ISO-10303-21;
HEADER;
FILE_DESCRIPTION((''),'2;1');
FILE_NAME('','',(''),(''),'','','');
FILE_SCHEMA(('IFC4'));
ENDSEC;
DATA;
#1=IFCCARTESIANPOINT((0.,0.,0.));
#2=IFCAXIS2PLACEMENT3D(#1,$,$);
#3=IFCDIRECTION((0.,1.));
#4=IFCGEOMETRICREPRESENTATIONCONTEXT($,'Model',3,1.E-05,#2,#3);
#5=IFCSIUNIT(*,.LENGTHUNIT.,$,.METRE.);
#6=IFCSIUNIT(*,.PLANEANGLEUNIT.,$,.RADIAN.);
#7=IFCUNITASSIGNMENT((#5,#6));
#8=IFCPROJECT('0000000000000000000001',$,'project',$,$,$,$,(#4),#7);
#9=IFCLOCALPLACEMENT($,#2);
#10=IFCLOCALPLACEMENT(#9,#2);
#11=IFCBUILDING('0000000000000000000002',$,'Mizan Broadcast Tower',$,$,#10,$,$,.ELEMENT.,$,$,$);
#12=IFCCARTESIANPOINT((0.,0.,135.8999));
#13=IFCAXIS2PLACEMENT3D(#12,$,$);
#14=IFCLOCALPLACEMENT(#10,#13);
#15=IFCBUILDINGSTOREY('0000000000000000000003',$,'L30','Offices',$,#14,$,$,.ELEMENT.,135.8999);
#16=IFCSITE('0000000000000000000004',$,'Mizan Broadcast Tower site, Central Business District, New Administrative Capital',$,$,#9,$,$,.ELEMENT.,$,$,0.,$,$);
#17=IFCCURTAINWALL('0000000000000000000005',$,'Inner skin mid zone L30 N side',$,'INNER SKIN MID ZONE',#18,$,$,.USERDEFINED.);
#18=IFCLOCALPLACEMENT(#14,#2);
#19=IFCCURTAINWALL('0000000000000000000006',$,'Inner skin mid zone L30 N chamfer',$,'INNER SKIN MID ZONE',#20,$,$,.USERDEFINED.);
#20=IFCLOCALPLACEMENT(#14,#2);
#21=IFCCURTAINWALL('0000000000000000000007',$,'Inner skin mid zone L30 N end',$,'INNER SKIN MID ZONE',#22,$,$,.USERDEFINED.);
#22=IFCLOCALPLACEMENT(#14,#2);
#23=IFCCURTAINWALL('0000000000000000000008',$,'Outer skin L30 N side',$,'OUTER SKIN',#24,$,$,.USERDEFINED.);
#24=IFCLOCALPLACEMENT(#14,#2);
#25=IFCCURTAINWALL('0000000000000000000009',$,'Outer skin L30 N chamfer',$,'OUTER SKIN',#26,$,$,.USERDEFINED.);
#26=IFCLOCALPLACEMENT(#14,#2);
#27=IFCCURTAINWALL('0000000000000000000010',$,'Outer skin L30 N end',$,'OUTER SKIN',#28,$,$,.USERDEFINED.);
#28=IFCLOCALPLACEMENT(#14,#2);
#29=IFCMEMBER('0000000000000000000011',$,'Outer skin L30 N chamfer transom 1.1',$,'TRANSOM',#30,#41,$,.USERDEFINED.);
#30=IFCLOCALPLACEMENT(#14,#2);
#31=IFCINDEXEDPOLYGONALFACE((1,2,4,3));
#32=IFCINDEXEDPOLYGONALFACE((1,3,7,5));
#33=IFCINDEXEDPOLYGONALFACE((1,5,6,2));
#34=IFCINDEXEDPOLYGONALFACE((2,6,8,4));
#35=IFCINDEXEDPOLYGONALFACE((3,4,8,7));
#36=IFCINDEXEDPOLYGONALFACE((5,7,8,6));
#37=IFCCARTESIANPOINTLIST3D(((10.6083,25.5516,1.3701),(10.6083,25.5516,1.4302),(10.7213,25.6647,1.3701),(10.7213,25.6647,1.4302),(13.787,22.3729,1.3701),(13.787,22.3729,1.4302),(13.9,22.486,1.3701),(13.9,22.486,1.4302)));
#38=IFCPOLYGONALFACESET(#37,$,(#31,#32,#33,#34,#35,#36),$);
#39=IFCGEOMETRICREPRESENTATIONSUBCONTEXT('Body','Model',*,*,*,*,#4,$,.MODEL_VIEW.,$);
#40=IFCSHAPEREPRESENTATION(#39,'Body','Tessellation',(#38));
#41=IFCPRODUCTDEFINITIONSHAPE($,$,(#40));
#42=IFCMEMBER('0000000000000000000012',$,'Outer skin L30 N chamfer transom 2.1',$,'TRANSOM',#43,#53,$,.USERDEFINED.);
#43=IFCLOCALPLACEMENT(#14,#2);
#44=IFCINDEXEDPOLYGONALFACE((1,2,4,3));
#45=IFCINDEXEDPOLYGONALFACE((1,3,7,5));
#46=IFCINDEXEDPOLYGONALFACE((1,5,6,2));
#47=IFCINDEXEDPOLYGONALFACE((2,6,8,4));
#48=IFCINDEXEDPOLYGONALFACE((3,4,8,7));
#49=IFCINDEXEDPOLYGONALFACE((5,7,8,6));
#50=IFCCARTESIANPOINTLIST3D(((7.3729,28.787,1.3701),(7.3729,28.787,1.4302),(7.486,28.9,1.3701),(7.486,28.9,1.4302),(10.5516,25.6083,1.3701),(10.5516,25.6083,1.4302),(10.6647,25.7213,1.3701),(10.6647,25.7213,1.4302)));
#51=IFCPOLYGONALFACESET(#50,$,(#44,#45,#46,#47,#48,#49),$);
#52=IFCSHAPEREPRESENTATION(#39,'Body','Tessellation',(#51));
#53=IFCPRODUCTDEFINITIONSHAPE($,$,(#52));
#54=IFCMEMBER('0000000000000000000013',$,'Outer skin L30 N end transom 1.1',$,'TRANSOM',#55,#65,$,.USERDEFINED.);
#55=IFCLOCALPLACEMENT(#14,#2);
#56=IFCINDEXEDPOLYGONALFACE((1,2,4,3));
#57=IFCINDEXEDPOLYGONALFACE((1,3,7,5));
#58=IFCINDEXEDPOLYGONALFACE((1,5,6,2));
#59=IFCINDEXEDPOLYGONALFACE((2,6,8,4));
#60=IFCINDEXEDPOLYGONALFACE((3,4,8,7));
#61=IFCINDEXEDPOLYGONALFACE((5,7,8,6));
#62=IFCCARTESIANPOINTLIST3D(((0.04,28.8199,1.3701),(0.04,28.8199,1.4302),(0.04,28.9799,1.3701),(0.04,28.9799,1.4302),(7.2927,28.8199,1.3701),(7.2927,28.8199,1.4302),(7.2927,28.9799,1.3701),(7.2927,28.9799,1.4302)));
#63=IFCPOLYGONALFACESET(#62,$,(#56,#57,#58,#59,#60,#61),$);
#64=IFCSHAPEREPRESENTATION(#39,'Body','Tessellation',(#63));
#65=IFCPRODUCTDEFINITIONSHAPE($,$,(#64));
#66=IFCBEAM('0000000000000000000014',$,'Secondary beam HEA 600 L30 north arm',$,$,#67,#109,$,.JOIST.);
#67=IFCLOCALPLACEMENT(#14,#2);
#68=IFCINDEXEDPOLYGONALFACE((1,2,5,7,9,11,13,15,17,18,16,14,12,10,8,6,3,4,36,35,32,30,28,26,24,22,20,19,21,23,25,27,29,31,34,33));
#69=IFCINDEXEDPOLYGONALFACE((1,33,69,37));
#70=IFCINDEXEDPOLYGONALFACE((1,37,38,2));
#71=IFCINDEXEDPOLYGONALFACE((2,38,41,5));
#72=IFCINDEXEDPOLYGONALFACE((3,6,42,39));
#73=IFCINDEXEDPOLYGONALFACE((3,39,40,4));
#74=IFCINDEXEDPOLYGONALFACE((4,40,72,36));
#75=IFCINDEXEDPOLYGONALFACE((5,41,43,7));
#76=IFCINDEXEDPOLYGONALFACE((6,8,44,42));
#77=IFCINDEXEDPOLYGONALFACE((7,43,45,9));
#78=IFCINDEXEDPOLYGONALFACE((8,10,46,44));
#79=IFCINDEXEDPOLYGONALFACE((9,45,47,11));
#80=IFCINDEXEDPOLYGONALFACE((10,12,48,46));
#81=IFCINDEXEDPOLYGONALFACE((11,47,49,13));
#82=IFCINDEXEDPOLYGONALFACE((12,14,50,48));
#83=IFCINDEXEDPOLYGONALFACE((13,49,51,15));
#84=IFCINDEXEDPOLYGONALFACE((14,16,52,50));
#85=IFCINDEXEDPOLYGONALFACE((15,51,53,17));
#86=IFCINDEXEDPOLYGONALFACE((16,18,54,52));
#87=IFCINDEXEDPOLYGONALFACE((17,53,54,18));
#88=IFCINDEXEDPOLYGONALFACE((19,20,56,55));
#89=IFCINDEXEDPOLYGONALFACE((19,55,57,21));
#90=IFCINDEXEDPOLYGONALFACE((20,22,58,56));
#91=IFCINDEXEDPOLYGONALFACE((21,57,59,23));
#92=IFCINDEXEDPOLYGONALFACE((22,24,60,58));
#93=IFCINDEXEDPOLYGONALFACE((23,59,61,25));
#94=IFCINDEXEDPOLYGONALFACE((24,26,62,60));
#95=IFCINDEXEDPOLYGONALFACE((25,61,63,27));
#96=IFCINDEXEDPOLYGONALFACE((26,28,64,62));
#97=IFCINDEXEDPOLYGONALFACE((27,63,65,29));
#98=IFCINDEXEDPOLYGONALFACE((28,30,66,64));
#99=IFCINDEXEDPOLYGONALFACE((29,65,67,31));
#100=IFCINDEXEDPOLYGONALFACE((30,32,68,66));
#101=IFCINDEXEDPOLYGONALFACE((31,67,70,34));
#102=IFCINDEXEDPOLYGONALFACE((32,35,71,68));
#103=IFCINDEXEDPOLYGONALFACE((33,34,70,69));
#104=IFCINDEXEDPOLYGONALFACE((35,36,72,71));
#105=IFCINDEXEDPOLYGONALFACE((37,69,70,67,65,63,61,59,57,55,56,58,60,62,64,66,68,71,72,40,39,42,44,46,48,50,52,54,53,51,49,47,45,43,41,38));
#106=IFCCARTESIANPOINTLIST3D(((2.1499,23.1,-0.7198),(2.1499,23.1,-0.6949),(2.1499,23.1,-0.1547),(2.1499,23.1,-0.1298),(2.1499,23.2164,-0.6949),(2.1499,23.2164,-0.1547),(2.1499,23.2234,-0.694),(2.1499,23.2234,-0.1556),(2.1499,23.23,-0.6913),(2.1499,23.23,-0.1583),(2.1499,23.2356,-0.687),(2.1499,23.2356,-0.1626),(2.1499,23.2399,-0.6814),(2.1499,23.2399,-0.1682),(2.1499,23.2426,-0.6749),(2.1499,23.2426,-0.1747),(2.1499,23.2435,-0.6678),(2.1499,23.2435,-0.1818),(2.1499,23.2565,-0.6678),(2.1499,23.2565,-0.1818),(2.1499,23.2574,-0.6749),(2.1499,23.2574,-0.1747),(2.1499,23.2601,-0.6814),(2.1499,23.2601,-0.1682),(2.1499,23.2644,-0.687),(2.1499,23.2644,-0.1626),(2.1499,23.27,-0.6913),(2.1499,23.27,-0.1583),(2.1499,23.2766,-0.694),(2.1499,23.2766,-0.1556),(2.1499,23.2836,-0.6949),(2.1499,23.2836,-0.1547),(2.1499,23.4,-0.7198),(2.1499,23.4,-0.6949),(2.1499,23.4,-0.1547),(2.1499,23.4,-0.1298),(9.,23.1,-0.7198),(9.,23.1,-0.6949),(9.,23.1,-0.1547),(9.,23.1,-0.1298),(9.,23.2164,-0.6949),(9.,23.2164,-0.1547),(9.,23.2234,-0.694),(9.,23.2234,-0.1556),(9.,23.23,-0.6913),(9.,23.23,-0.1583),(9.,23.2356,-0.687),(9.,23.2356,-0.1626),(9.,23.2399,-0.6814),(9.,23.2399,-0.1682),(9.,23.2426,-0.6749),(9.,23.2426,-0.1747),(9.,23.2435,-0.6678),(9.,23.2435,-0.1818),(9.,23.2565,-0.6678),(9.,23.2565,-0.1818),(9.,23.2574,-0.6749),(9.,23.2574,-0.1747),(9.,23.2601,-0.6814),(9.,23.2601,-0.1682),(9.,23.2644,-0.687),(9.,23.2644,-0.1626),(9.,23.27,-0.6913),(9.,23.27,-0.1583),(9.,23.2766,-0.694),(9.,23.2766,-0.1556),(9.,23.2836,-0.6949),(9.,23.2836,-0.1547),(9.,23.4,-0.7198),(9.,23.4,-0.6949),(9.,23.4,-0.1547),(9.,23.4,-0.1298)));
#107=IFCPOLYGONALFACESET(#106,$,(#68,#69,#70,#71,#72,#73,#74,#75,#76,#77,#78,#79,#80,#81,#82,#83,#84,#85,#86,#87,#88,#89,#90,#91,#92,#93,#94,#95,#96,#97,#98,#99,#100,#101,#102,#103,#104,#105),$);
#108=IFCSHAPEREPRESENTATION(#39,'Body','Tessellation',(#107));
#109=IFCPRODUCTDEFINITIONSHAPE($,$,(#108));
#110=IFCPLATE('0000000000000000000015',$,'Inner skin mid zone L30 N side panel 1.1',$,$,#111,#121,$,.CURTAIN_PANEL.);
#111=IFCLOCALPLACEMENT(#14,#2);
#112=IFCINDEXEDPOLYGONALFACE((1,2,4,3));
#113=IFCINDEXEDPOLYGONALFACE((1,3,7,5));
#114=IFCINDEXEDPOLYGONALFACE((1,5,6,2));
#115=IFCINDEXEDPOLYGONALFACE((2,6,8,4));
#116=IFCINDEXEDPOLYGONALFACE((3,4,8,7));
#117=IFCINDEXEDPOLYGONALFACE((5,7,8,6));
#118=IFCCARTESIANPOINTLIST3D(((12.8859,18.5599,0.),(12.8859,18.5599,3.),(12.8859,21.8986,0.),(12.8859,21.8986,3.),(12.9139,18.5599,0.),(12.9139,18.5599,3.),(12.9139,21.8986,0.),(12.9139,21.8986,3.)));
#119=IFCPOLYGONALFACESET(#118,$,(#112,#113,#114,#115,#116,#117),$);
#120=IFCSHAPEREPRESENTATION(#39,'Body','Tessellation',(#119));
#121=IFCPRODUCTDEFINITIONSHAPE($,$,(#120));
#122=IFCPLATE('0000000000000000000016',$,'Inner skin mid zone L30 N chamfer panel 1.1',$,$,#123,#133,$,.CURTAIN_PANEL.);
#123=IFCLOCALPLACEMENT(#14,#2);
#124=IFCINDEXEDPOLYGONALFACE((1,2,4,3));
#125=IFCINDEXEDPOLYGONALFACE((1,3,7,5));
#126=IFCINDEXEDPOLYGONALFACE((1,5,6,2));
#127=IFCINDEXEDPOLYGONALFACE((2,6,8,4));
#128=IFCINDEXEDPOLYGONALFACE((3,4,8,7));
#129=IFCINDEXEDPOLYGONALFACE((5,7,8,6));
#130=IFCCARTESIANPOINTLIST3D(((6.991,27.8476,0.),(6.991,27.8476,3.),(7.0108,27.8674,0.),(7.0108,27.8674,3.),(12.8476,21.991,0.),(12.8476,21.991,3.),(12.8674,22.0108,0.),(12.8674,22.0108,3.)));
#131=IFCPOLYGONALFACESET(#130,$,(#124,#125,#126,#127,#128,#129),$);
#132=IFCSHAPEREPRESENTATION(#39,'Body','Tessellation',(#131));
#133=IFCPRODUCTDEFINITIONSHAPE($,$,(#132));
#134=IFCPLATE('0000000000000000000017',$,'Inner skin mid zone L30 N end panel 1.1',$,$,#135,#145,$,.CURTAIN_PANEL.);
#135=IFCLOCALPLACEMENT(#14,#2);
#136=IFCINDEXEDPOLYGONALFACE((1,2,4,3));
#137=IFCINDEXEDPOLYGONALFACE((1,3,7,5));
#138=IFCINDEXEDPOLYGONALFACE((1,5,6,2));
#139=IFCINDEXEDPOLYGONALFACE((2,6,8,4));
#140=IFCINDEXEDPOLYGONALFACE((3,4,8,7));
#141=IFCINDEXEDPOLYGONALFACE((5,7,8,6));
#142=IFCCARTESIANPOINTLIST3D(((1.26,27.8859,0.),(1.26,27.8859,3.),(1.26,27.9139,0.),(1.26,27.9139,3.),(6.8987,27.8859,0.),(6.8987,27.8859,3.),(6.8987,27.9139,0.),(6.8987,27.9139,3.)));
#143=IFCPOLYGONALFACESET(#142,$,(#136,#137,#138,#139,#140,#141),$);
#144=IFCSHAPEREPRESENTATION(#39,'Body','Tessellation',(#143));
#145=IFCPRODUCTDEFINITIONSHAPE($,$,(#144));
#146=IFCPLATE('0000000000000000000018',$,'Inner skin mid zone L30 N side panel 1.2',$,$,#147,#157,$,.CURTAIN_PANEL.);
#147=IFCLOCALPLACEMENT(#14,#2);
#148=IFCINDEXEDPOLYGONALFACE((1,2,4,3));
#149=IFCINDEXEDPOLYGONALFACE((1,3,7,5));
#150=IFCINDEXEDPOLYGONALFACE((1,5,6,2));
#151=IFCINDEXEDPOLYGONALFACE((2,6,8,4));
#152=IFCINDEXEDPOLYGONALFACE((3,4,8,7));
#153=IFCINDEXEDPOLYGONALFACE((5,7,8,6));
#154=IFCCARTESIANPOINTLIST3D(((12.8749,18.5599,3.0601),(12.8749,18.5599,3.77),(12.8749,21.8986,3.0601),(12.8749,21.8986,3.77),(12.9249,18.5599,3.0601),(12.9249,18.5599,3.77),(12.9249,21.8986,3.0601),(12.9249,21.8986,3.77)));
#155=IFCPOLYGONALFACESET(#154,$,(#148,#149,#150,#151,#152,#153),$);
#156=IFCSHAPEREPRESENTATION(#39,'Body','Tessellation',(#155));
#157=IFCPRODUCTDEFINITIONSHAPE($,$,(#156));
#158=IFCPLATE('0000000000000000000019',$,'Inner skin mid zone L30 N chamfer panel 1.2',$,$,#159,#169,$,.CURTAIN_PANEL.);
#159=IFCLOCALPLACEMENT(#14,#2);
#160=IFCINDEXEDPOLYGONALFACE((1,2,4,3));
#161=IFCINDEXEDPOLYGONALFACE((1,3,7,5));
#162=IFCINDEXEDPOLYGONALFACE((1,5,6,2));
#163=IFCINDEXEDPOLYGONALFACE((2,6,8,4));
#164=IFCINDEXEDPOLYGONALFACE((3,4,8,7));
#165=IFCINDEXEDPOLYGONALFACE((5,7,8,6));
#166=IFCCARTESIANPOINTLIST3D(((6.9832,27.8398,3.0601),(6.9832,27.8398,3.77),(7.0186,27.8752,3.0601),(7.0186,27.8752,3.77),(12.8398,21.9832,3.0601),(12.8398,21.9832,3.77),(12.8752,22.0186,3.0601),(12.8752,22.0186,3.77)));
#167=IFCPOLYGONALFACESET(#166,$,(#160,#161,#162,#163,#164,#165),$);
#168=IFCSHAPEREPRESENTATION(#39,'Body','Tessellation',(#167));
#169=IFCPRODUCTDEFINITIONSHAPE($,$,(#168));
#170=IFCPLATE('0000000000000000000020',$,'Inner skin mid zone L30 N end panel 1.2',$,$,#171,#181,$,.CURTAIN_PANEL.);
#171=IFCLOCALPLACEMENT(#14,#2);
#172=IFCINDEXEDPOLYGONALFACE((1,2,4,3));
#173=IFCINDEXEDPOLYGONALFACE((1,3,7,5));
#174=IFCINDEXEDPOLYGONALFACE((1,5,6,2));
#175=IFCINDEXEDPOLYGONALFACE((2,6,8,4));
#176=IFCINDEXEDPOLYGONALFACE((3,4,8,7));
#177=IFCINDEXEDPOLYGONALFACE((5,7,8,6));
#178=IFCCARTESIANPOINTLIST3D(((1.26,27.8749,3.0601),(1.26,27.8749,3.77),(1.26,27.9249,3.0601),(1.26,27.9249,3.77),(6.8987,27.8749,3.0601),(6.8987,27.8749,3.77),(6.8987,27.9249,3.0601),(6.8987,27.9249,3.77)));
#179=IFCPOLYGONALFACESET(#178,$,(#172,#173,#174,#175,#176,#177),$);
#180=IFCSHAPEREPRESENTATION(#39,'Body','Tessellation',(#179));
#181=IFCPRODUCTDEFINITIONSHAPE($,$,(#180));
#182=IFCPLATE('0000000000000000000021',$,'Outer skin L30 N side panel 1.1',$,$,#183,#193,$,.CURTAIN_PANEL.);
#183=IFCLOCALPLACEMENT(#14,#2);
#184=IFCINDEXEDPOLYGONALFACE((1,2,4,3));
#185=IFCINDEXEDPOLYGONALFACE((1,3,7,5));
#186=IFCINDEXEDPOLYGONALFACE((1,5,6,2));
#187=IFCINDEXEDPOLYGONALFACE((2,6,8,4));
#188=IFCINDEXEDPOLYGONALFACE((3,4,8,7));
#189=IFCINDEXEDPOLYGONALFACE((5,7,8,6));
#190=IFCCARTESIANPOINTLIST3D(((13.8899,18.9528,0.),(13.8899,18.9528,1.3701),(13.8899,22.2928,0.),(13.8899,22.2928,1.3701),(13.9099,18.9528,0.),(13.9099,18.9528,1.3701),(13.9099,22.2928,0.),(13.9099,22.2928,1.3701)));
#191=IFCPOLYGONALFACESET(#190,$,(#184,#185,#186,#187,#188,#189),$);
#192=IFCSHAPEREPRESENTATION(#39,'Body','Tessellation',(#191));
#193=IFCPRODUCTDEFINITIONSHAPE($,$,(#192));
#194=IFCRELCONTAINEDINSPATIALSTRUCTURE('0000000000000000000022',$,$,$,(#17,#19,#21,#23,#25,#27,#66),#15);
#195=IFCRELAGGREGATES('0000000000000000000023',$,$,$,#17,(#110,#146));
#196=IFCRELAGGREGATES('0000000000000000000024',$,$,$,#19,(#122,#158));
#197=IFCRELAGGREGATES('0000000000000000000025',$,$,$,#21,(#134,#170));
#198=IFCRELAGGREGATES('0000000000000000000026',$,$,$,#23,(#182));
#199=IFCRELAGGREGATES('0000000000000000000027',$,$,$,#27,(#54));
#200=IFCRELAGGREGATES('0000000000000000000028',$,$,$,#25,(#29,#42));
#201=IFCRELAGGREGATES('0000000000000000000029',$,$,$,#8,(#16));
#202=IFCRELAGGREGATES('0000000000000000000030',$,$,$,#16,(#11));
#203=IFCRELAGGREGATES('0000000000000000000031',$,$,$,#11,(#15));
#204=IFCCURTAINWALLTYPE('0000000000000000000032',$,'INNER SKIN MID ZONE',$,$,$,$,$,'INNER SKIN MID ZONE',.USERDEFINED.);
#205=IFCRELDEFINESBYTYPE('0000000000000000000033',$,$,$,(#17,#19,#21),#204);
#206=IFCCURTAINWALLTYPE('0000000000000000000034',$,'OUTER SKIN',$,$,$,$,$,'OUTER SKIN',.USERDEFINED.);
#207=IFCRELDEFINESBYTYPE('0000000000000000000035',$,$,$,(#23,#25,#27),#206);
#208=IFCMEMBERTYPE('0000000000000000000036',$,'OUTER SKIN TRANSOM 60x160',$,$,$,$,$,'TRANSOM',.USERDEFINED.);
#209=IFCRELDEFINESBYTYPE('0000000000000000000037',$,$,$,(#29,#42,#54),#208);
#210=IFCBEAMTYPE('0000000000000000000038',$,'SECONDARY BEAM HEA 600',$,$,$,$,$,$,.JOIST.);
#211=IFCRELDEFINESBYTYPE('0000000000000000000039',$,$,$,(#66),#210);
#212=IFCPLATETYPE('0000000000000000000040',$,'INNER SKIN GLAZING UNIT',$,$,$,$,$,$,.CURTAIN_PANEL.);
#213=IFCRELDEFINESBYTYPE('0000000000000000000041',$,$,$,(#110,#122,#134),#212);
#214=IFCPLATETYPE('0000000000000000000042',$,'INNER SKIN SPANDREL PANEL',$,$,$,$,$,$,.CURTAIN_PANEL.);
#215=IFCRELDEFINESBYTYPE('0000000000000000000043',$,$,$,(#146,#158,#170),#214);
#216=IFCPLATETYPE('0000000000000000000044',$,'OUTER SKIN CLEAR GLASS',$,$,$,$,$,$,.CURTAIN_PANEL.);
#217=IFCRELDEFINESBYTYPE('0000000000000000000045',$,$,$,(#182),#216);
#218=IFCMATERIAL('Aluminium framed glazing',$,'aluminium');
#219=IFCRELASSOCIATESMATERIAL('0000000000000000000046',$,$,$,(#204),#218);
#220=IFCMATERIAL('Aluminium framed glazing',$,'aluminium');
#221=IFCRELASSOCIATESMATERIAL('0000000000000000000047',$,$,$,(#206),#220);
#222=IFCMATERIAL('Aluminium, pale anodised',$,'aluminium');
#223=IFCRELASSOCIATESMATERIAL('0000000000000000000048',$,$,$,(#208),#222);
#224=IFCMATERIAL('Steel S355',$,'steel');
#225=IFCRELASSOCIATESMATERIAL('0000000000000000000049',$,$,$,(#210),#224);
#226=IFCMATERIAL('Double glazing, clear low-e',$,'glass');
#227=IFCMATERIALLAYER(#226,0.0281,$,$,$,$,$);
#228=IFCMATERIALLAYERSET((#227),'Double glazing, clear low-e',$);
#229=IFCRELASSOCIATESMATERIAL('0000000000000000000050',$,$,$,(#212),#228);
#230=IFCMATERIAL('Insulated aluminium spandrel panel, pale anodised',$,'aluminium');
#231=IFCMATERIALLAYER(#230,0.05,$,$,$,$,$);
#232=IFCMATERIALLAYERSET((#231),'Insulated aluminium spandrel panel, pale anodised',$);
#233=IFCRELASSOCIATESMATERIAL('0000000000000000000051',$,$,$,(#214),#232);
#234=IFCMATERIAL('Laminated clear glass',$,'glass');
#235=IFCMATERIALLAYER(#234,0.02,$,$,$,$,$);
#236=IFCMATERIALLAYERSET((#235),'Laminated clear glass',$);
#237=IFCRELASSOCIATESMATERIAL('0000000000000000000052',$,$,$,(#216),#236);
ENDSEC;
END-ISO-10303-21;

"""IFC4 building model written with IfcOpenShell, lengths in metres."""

from ifc_helpers import new_model, si_unit, direction, frame, origin, origin_2d, place, context, subcontext, project, spatial, rectangle, i_section, extrude, material, layer, layer_set, material_profile, profile_set, type_object, element, aggregate, save


model = new_model("IFC4")

# Units and contexts
model_context = context("Model", 3, precision=1e-05, world=origin(), true_north=direction((0.0, 1.0)))
body_context = subcontext(model_context, "Body", "Model", "MODEL_VIEW")
ifc_project = project(units=[si_unit("LENGTHUNIT", "METRE"), si_unit("PLANEANGLEUNIT", "RADIAN")], contexts=[model_context])

# Site, building, storey
site_placement = place(None, origin())
site = spatial("IfcSite", under=ifc_project, at=site_placement, Name="Mizan Broadcast Tower site, Central Business District, New Administrative Capital", CompositionType="ELEMENT", RefElevation=0.0)
building_placement = place(site_placement, origin())
building = spatial("IfcBuilding", under=site, at=building_placement, Name="Mizan Broadcast Tower", CompositionType="ELEMENT")
storey_placement = place(building_placement, frame((0.0, 0.0, 135.8999)))
storey = spatial("IfcBuildingStorey", under=building, at=storey_placement, Name="L30", Description="Offices", CompositionType="ELEMENT", Elevation=135.8999)

# Curtain walls
ifc_material_1 = material(Name="Aluminium framed glazing", Category="aluminium")
curtain_wall_type_1 = type_object("IfcCurtainWallType", Name="INNER SKIN MID ZONE", ElementType="INNER SKIN MID ZONE", PredefinedType="USERDEFINED", material=ifc_material_1)
curtain_wall_1_placement = place(storey_placement, origin())
curtain_wall_1 = element("IfcCurtainWall", 1, at=curtain_wall_1_placement, inside=storey, type_object=curtain_wall_type_1, Name="Inner skin mid zone L30 N side", ObjectType="INNER SKIN MID ZONE", PredefinedType="USERDEFINED")
curtain_wall_2_placement = place(storey_placement, origin())
curtain_wall_2 = element("IfcCurtainWall", 2, at=curtain_wall_2_placement, inside=storey, type_object=curtain_wall_type_1, Name="Inner skin mid zone L30 N chamfer", ObjectType="INNER SKIN MID ZONE", PredefinedType="USERDEFINED")
curtain_wall_3_placement = place(storey_placement, origin())
curtain_wall_3 = element("IfcCurtainWall", 3, at=curtain_wall_3_placement, inside=storey, type_object=curtain_wall_type_1, Name="Inner skin mid zone L30 N end", ObjectType="INNER SKIN MID ZONE", PredefinedType="USERDEFINED")

# Curtain wall
ifc_material_2 = material(Name="Aluminium framed glazing", Category="aluminium")
curtain_wall_type_2 = type_object("IfcCurtainWallType", Name="OUTER SKIN", ElementType="OUTER SKIN", PredefinedType="USERDEFINED", material=ifc_material_2)
curtain_wall_4_placement = place(storey_placement, origin())
curtain_wall_4 = element("IfcCurtainWall", 4, at=curtain_wall_4_placement, inside=storey, type_object=curtain_wall_type_2, Name="Outer skin L30 N side", ObjectType="OUTER SKIN", PredefinedType="USERDEFINED")

# Curtain wall
curtain_wall_5_placement = place(storey_placement, origin())
curtain_wall_5 = element("IfcCurtainWall", 5, at=curtain_wall_5_placement, inside=storey, type_object=curtain_wall_type_2, Name="Outer skin L30 N chamfer", ObjectType="OUTER SKIN", PredefinedType="USERDEFINED")

# Curtain wall
curtain_wall_6_placement = place(storey_placement, origin())
curtain_wall_6 = element("IfcCurtainWall", 6, at=curtain_wall_6_placement, inside=storey, type_object=curtain_wall_type_2, Name="Outer skin L30 N end", ObjectType="OUTER SKIN", PredefinedType="USERDEFINED")

# Members
ifc_material_3 = material(Name="Aluminium, pale anodised", Category="aluminium")
ifc_material_profile_1 = material_profile(ifc_material_3, rectangle(XDim=0.1599, YDim=0.0601, at=origin_2d()), Name="TRANSOM 160x60")
ifc_profile_set_1 = profile_set([ifc_material_profile_1], Name="Aluminium, pale anodised")
member_type_1 = type_object("IfcMemberType", Name="OUTER SKIN TRANSOM 60x160", ElementType="TRANSOM", PredefinedType="USERDEFINED", material=ifc_profile_set_1)
member_1_placement = place(storey_placement, frame((13.8435, 22.4294, 1.4001), z_axis=(-0.707107, 0.707107, 0.0), x_axis=(-0.707107, -0.707107, 0.0)))
member_1 = element("IfcMember", 7, at=member_1_placement, type_object=member_type_1, Name="Outer skin L30 N chamfer transom 1.1", ObjectType="TRANSOM", PredefinedType="USERDEFINED", context=body_context, shape_type="SweptSolid", body=[
    extrude(rectangle(XDim=0.1599, YDim=0.0601, at=origin_2d()), origin(), (0.0, 0.0, 1.0), 4.4954),
])
member_2_placement = place(storey_placement, frame((10.6082, 25.6648, 1.4001), z_axis=(-0.707107, 0.707107, 0.0), x_axis=(-0.707107, -0.707107, 0.0)))
member_2 = element("IfcMember", 8, at=member_2_placement, type_object=member_type_1, Name="Outer skin L30 N chamfer transom 2.1", ObjectType="TRANSOM", PredefinedType="USERDEFINED", context=body_context, shape_type="SweptSolid", body=[
    extrude(rectangle(XDim=0.1599, YDim=0.0601, at=origin_2d()), origin(), (0.0, 0.0, 1.0), 4.4954),
])
member_3_placement = place(storey_placement, frame((7.2927, 28.8999, 1.4001), z_axis=(-1.0, 0.0, 0.0), x_axis=(0.0, -1.0, 0.0)))
member_3 = element("IfcMember", 9, at=member_3_placement, type_object=member_type_1, Name="Outer skin L30 N end transom 1.1", ObjectType="TRANSOM", PredefinedType="USERDEFINED", context=body_context, shape_type="SweptSolid", body=[
    extrude(rectangle(XDim=0.1599, YDim=0.0601, at=origin_2d()), origin(), (0.0, 0.0, 1.0), 7.2527),
])

# Beam
ifc_material_4 = material(Name="Steel S355", Category="steel")
ifc_material_profile_2 = material_profile(ifc_material_4, i_section(OverallWidth=0.3, OverallDepth=0.5901, WebThickness=0.0129, FlangeThickness=0.0249, FilletRadius=0.0271, at=origin_2d()), Name="HEA 600")
ifc_profile_set_2 = profile_set([ifc_material_profile_2], Name="Steel S355")
beam_type_1 = type_object("IfcBeamType", Name="SECONDARY BEAM HEA 600", PredefinedType="JOIST", material=ifc_profile_set_2)
beam_1_placement = place(storey_placement, frame((9.0, 23.25, -0.4248), z_axis=(-1.0, 0.0, 0.0), x_axis=(0.0, -1.0, 0.0)))
element("IfcBeam", 10, at=beam_1_placement, inside=storey, type_object=beam_type_1, Name="Secondary beam HEA 600 L30 north arm", PredefinedType="JOIST", context=body_context, shape_type="SweptSolid", body=[
    extrude(i_section(OverallWidth=0.3, OverallDepth=0.5901, WebThickness=0.0129, FlangeThickness=0.0249, FilletRadius=0.0271, at=origin_2d()), origin(), (0.0, 0.0, 1.0), 6.8501),
])

# Plates
ifc_material_5 = material(Name="Double glazing, clear low-e", Category="glass")
ifc_layer_1 = layer(ifc_material_5, 0.0281)
ifc_layer_set_1 = layer_set([ifc_layer_1], Name="Double glazing, clear low-e")
plate_type_1 = type_object("IfcPlateType", Name="INNER SKIN GLAZING UNIT", PredefinedType="CURTAIN_PANEL", material=ifc_layer_set_1)
plate_1_placement = place(storey_placement, frame((12.8999, 20.2292, 0.0), z_axis=(0.0, 0.0, 1.0), x_axis=(0.0, 1.0, 0.0)))
plate_1 = element("IfcPlate", 11, at=plate_1_placement, type_object=plate_type_1, Name="Inner skin mid zone L30 N side panel 1.1", PredefinedType="CURTAIN_PANEL", context=body_context, shape_type="SweptSolid", body=[
    extrude(rectangle(XDim=3.3386, YDim=0.0281, at=origin_2d()), origin(), (0.0, 0.0, 1.0), 3.0),
])
plate_2_placement = place(storey_placement, frame((9.9292, 24.9292, 0.0), z_axis=(0.0, 0.0, 1.0), x_axis=(-0.707107, 0.707107, 0.0)))
plate_2 = element("IfcPlate", 12, at=plate_2_placement, type_object=plate_type_1, Name="Inner skin mid zone L30 N chamfer panel 1.1", PredefinedType="CURTAIN_PANEL", context=body_context, shape_type="SweptSolid", body=[
    extrude(rectangle(XDim=8.2825, YDim=0.0281, at=origin_2d()), origin(), (0.0, 0.0, 1.0), 3.0),
])
plate_3_placement = place(storey_placement, frame((4.0793, 27.8999, 0.0), z_axis=(0.0, 0.0, 1.0), x_axis=(-1.0, 0.0, 0.0)))
plate_3 = element("IfcPlate", 13, at=plate_3_placement, type_object=plate_type_1, Name="Inner skin mid zone L30 N end panel 1.1", PredefinedType="CURTAIN_PANEL", context=body_context, shape_type="SweptSolid", body=[
    extrude(rectangle(XDim=5.6387, YDim=0.0281, at=origin_2d()), origin(), (0.0, 0.0, 1.0), 3.0),
])
ifc_material_6 = material(Name="Insulated aluminium spandrel panel, pale anodised", Category="aluminium")
ifc_layer_2 = layer(ifc_material_6, 0.05)
ifc_layer_set_2 = layer_set([ifc_layer_2], Name="Insulated aluminium spandrel panel, pale anodised")
plate_type_2 = type_object("IfcPlateType", Name="INNER SKIN SPANDREL PANEL", PredefinedType="CURTAIN_PANEL", material=ifc_layer_set_2)
plate_4_placement = place(storey_placement, frame((12.8999, 20.2292, 3.0601), z_axis=(0.0, 0.0, 1.0), x_axis=(0.0, 1.0, 0.0)))
plate_4 = element("IfcPlate", 14, at=plate_4_placement, type_object=plate_type_2, Name="Inner skin mid zone L30 N side panel 1.2", PredefinedType="CURTAIN_PANEL", context=body_context, shape_type="SweptSolid", body=[
    extrude(rectangle(XDim=3.3386, YDim=0.05, at=origin_2d()), origin(), (0.0, 0.0, 1.0), 0.71),
])
aggregate(curtain_wall_1, [plate_1, plate_4])
plate_5_placement = place(storey_placement, frame((9.9292, 24.9292, 3.0601), z_axis=(0.0, 0.0, 1.0), x_axis=(-0.707107, 0.707107, 0.0)))
plate_5 = element("IfcPlate", 15, at=plate_5_placement, type_object=plate_type_2, Name="Inner skin mid zone L30 N chamfer panel 1.2", PredefinedType="CURTAIN_PANEL", context=body_context, shape_type="SweptSolid", body=[
    extrude(rectangle(XDim=8.2825, YDim=0.05, at=origin_2d()), origin(), (0.0, 0.0, 1.0), 0.71),
])
aggregate(curtain_wall_2, [plate_2, plate_5])
plate_6_placement = place(storey_placement, frame((4.0793, 27.8999, 3.0601), z_axis=(0.0, 0.0, 1.0), x_axis=(-1.0, 0.0, 0.0)))
plate_6 = element("IfcPlate", 16, at=plate_6_placement, type_object=plate_type_2, Name="Inner skin mid zone L30 N end panel 1.2", PredefinedType="CURTAIN_PANEL", context=body_context, shape_type="SweptSolid", body=[
    extrude(rectangle(XDim=5.6387, YDim=0.05, at=origin_2d()), origin(), (0.0, 0.0, 1.0), 0.71),
])
aggregate(curtain_wall_3, [plate_3, plate_6])
ifc_material_7 = material(Name="Laminated clear glass", Category="glass")
ifc_layer_3 = layer(ifc_material_7, 0.02)
ifc_layer_set_3 = layer_set([ifc_layer_3], Name="Laminated clear glass")
plate_type_3 = type_object("IfcPlateType", Name="OUTER SKIN CLEAR GLASS", PredefinedType="CURTAIN_PANEL", material=ifc_layer_set_3)
plate_7_placement = place(storey_placement, frame((13.8999, 20.6228, 0.0), z_axis=(0.0, 0.0, 1.0), x_axis=(0.0, 1.0, 0.0)))
plate_7 = element("IfcPlate", 17, at=plate_7_placement, type_object=plate_type_3, Name="Outer skin L30 N side panel 1.1", PredefinedType="CURTAIN_PANEL", context=body_context, shape_type="SweptSolid", body=[
    extrude(rectangle(XDim=3.3401, YDim=0.02, at=origin_2d()), origin(), (0.0, 0.0, 1.0), 1.3701),
])
aggregate(curtain_wall_4, [plate_7])
aggregate(curtain_wall_6, [member_3])
aggregate(curtain_wall_5, [member_1, member_2])

save(model, "model.ifc")
